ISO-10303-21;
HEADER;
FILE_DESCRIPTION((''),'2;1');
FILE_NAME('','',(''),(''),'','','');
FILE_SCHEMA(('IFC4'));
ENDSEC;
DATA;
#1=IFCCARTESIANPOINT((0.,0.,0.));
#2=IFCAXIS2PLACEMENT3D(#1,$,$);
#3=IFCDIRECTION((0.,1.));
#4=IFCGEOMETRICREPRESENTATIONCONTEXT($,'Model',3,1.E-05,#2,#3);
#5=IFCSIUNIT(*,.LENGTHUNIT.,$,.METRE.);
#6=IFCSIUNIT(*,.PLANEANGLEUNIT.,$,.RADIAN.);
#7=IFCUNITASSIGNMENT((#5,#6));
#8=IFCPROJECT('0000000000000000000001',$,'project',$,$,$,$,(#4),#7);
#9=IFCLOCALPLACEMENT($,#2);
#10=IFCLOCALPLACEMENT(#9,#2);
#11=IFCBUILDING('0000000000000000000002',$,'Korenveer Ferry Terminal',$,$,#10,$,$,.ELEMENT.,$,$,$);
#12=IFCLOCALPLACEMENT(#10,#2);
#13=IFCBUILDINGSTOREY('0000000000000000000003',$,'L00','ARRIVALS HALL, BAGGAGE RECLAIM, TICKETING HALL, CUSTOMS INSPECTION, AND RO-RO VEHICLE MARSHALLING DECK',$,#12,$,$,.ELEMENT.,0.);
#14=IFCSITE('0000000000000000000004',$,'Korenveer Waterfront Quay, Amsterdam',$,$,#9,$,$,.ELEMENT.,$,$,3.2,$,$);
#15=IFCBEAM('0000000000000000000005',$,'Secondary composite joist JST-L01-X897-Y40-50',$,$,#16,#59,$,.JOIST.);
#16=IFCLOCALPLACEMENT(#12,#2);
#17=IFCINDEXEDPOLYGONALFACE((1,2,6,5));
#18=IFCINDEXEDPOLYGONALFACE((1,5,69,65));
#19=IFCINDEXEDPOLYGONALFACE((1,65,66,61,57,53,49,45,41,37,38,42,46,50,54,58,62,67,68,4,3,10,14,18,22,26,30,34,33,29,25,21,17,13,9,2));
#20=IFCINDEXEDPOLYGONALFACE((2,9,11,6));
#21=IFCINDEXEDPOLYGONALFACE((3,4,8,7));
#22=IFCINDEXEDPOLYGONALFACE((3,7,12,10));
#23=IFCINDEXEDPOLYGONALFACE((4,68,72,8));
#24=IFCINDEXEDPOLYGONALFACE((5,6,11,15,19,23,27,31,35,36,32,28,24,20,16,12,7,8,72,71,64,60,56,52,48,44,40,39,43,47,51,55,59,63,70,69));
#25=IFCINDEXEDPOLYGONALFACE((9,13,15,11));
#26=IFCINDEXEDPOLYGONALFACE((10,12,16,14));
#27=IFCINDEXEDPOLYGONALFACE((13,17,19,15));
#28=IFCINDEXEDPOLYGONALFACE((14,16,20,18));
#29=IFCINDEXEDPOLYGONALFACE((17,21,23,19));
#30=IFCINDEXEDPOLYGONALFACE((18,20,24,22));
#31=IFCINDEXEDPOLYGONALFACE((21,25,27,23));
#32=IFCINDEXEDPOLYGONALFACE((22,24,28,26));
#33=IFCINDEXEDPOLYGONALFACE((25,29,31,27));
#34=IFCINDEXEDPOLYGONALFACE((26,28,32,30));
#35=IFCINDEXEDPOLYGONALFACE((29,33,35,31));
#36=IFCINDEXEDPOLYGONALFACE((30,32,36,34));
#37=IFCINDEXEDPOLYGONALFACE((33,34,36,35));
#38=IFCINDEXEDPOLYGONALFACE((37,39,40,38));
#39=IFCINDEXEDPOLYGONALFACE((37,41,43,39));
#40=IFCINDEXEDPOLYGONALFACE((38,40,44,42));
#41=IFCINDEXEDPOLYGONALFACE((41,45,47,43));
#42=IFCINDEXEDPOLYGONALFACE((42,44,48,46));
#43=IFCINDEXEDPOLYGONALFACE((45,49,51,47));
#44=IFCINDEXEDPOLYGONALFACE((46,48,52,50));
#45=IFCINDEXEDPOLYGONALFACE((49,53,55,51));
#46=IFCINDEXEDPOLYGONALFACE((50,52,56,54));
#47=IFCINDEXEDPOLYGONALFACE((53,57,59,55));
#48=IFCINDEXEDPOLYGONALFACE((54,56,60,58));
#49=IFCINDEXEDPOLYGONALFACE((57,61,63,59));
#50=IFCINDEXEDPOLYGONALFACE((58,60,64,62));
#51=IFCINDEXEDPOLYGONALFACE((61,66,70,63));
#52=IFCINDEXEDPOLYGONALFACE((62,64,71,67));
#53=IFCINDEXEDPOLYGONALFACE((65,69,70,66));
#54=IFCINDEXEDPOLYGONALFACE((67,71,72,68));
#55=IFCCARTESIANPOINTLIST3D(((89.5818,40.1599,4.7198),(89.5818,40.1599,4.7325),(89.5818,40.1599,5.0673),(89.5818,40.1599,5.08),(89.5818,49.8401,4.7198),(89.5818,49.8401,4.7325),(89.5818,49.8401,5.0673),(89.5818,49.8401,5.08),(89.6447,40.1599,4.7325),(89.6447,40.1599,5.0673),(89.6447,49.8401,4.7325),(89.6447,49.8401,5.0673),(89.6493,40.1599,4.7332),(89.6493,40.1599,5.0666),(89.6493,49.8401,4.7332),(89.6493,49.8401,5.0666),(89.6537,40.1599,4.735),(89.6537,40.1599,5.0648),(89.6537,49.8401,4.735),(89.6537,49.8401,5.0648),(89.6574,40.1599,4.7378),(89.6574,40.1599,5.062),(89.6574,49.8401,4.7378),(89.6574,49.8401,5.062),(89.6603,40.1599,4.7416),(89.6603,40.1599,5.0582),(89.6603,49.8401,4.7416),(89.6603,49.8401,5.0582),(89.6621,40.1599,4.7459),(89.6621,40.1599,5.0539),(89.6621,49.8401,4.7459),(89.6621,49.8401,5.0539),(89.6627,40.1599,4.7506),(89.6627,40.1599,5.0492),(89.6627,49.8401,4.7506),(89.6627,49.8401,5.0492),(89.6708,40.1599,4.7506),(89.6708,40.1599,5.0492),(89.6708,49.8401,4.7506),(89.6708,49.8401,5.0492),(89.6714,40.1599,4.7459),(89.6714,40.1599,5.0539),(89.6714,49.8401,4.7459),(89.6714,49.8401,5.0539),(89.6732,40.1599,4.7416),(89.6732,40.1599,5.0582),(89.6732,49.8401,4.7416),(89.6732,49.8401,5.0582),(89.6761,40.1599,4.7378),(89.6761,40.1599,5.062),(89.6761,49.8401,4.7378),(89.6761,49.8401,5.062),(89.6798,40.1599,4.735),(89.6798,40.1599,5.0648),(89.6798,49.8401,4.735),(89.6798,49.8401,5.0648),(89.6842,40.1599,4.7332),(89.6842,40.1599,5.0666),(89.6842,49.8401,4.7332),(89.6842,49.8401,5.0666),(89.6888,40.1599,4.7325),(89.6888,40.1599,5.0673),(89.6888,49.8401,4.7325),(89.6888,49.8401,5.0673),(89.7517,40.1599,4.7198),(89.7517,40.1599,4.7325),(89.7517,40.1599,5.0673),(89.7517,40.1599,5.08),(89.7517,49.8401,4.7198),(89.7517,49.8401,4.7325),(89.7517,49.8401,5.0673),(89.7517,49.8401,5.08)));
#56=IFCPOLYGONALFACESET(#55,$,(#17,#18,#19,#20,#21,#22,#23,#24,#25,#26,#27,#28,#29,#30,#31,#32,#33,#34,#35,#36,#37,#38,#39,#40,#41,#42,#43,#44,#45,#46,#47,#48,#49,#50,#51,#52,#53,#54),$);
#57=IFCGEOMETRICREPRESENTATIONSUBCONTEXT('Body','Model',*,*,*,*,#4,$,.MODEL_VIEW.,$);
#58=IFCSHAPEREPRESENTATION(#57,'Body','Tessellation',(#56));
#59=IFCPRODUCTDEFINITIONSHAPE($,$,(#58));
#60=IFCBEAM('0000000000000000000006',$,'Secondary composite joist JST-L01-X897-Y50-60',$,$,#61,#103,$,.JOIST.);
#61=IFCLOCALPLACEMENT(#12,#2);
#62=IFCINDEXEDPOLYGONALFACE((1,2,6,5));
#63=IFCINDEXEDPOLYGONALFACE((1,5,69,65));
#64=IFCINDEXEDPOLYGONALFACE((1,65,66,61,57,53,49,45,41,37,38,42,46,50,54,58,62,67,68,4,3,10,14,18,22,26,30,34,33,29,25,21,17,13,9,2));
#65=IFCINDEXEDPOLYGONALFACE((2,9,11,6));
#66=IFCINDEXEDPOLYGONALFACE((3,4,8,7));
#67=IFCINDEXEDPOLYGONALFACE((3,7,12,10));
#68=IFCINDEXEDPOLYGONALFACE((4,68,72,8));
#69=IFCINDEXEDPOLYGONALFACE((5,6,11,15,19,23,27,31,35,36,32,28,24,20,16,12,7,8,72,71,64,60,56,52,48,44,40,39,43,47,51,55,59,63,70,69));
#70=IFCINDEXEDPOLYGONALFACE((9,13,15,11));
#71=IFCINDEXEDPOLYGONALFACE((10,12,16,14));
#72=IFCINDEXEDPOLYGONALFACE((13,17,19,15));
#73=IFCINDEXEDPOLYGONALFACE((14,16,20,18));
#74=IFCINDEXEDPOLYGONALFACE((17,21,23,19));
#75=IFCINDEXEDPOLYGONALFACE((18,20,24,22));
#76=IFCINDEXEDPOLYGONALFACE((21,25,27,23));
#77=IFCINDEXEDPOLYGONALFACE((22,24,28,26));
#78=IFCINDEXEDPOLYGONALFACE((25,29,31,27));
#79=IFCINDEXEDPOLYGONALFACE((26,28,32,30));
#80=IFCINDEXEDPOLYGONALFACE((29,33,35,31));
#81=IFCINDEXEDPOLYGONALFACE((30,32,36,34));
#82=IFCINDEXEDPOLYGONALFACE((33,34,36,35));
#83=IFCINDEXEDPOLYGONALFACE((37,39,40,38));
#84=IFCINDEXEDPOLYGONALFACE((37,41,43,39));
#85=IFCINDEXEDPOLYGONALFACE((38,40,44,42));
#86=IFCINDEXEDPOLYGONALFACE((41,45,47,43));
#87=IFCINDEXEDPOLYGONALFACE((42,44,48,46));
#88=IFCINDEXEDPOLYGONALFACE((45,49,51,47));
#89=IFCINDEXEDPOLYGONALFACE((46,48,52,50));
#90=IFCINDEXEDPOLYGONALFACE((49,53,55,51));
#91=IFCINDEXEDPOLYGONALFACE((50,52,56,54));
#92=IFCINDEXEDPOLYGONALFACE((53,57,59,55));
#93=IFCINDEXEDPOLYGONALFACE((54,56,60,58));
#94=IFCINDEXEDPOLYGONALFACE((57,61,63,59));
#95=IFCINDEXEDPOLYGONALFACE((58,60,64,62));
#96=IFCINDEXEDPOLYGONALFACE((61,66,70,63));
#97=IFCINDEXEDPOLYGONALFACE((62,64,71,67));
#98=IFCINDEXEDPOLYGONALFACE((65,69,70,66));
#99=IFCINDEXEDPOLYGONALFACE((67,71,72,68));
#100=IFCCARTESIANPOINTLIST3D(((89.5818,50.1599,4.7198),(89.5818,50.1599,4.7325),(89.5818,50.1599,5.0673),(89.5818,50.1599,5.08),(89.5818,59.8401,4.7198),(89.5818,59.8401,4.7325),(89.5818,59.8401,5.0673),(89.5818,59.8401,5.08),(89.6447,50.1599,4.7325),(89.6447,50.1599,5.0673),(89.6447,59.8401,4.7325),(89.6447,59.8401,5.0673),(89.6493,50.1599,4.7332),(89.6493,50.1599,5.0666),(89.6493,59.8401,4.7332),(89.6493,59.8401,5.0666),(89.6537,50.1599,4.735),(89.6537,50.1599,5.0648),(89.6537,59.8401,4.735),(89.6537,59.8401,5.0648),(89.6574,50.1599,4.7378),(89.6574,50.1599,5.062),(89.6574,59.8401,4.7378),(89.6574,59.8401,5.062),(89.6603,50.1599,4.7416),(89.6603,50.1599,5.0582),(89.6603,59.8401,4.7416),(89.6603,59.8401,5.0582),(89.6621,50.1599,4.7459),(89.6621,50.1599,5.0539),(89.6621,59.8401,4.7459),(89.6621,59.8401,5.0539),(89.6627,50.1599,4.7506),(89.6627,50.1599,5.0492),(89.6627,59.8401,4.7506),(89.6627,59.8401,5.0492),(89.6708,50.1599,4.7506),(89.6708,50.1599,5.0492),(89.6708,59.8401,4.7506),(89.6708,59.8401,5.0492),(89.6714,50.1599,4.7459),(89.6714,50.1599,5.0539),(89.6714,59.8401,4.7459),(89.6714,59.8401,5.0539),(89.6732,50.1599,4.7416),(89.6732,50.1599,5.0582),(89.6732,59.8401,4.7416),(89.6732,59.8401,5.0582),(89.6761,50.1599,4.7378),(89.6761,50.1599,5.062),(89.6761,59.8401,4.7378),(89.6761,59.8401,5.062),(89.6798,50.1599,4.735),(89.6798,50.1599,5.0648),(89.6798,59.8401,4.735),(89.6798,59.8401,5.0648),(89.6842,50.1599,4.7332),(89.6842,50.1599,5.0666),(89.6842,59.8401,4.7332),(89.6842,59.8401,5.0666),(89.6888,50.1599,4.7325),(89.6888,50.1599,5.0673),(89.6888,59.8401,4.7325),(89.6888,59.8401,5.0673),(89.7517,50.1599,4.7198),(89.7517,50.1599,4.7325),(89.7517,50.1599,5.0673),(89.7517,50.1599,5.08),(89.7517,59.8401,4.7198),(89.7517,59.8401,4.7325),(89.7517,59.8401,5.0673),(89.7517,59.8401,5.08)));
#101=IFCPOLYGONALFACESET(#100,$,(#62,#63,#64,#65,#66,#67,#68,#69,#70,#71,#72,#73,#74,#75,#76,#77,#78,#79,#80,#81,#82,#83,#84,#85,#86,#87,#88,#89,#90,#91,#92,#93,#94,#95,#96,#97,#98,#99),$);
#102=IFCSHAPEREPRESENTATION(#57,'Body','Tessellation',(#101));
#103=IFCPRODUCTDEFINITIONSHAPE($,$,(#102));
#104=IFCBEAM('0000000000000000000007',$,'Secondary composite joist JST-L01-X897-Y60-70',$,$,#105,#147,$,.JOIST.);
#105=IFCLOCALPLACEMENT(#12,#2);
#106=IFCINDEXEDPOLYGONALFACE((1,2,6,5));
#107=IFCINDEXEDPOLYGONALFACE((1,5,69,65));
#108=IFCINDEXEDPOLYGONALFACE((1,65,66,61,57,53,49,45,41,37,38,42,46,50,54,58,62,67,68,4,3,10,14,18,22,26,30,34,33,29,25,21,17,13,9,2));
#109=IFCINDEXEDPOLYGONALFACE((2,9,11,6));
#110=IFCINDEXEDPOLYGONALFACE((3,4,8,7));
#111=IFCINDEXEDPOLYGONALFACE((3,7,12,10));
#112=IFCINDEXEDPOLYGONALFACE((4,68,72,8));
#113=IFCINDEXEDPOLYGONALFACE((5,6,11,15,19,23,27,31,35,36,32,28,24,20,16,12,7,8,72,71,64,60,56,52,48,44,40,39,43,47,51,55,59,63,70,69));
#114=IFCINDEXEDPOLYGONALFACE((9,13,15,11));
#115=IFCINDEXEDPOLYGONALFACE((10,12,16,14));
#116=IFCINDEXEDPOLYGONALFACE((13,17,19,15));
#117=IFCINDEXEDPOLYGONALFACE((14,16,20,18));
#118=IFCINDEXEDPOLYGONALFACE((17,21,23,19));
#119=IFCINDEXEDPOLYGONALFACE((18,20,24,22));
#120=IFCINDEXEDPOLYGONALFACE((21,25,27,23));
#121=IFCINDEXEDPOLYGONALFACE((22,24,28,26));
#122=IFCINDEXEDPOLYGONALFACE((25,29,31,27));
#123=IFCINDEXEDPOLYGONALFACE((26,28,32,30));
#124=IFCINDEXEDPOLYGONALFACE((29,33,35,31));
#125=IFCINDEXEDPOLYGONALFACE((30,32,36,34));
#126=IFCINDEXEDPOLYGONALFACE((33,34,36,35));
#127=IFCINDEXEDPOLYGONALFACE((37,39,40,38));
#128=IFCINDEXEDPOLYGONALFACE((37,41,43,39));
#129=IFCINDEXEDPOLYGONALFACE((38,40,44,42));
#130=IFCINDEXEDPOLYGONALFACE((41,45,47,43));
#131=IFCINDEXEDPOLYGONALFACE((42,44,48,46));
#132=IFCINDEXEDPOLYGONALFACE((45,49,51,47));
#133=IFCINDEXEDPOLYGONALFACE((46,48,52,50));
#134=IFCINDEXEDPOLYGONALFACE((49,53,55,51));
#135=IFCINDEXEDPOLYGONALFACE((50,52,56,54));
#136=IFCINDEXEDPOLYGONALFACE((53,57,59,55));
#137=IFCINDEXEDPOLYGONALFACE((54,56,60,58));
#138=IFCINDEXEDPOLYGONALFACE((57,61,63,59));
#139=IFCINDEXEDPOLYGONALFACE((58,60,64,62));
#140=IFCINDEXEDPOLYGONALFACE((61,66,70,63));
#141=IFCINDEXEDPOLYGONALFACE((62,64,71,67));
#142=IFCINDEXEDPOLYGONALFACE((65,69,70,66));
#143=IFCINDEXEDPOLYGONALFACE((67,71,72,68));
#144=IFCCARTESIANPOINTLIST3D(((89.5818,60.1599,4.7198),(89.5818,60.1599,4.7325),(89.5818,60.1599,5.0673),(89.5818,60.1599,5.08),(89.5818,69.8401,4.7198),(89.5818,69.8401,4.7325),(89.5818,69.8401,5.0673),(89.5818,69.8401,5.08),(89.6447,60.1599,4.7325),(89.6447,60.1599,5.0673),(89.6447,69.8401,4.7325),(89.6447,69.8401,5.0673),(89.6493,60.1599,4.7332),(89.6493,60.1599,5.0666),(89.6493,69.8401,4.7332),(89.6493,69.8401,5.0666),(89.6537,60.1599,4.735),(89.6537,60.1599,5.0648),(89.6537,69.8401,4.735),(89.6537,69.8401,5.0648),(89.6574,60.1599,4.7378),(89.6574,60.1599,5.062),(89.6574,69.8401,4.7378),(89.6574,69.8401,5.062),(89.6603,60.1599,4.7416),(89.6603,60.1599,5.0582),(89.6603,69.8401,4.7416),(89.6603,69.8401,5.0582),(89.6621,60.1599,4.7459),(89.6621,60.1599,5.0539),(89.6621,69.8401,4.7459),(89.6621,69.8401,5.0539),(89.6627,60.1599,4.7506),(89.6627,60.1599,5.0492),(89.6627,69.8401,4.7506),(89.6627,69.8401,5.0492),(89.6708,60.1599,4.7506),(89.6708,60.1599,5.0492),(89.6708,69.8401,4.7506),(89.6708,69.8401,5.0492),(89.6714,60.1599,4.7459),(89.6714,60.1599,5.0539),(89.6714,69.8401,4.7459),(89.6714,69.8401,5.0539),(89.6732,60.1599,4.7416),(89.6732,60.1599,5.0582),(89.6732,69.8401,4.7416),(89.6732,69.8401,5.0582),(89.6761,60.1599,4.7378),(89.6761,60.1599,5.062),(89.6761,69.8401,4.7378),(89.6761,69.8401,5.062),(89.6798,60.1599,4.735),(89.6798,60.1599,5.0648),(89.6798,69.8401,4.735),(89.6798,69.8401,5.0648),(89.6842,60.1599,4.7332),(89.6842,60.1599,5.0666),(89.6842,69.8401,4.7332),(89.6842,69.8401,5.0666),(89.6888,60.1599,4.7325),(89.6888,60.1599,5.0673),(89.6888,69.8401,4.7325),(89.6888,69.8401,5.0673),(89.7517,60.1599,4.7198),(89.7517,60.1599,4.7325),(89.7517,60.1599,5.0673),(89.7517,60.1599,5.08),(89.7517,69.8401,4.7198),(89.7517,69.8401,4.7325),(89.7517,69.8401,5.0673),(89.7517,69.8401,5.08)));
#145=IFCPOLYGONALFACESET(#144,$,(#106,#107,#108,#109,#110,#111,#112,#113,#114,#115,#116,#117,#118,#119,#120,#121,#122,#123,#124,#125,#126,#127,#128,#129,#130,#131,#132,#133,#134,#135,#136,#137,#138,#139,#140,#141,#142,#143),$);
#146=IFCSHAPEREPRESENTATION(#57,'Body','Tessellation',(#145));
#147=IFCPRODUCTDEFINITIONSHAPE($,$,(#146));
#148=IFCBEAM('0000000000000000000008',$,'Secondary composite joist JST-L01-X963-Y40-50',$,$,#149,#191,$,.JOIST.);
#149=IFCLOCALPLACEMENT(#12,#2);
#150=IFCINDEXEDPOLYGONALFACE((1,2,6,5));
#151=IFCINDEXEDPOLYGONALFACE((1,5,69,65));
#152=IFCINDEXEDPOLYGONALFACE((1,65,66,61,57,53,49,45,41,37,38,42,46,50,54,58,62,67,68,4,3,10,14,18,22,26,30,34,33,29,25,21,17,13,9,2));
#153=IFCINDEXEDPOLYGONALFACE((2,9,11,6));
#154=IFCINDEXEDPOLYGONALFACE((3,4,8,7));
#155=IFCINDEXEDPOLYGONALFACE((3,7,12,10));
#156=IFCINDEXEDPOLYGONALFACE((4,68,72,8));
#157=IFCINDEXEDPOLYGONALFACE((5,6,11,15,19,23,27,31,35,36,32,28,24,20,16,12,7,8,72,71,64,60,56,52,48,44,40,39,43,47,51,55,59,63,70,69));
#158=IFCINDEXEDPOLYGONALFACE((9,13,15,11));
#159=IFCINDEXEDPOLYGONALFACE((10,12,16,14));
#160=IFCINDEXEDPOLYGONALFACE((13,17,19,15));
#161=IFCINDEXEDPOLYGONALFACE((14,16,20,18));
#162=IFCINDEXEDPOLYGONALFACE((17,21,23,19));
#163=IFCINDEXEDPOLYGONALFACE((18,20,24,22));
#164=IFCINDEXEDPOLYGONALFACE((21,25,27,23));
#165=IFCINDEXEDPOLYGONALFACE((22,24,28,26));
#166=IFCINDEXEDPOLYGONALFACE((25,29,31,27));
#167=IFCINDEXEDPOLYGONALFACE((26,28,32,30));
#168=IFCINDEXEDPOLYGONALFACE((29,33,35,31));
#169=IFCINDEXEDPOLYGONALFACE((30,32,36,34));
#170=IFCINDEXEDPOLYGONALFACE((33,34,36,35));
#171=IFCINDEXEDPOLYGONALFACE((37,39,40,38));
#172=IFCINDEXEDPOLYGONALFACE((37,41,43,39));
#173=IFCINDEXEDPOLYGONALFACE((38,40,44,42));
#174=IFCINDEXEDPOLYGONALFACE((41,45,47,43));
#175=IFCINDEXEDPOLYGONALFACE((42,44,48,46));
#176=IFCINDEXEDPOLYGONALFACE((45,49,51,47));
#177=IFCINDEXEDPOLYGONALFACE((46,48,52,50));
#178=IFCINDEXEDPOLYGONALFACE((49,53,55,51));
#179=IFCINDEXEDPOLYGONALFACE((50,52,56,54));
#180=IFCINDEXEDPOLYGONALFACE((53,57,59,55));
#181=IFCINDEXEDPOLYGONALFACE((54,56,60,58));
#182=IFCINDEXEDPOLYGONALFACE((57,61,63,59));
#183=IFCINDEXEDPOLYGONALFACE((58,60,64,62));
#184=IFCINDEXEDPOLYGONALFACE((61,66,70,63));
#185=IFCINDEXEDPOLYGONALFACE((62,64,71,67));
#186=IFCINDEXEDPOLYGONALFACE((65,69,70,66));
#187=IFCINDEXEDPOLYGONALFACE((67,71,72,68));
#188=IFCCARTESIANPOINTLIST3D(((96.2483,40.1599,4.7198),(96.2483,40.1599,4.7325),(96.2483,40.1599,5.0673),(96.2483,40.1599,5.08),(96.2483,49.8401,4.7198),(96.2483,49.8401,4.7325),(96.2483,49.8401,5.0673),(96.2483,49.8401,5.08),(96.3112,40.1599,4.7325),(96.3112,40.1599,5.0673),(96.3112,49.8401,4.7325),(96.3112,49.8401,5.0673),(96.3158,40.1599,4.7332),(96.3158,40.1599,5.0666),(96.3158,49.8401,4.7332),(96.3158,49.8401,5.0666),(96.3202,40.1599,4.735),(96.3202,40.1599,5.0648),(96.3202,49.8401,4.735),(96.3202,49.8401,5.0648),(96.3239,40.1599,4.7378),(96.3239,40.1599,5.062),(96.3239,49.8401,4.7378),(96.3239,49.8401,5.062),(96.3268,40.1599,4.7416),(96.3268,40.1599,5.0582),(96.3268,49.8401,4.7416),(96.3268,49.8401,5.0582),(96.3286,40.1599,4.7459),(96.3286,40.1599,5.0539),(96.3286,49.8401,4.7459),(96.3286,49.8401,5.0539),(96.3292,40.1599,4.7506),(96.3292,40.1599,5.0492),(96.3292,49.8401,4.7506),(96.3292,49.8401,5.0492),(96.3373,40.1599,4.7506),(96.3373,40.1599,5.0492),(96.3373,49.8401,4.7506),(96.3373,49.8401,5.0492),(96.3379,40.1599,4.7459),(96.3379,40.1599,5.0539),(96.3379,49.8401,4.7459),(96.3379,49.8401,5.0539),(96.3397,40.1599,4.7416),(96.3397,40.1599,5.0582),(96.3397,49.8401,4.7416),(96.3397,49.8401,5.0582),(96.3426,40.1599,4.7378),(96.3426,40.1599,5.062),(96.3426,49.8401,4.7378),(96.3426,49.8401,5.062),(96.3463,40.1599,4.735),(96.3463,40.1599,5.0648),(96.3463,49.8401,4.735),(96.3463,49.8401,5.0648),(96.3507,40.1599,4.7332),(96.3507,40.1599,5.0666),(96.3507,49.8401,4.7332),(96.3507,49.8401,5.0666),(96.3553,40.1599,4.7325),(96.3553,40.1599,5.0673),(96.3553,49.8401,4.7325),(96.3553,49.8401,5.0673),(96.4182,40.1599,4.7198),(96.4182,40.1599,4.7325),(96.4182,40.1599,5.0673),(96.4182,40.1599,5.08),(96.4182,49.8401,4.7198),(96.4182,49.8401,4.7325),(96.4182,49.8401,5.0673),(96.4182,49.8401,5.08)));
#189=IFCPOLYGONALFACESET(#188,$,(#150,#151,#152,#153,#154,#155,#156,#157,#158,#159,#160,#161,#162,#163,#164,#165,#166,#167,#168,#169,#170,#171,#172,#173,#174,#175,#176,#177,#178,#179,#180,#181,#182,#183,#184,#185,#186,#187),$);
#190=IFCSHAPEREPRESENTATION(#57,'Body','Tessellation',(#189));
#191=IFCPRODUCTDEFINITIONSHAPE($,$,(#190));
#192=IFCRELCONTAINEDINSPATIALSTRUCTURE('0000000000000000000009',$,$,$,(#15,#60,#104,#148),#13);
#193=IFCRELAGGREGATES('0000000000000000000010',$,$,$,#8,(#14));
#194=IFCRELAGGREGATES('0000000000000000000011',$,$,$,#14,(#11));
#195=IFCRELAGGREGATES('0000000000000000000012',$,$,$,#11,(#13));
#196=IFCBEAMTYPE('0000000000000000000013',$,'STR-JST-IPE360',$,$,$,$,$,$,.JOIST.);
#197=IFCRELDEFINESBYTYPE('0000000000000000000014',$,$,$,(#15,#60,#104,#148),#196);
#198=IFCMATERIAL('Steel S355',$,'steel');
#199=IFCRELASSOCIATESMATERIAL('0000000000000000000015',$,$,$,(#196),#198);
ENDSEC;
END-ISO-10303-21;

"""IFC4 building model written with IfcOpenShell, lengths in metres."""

from ifc_helpers import new_model, si_unit, direction, frame, origin, origin_2d, place, context, subcontext, project, spatial, i_section, extrude, material, material_profile, profile_set, type_object, element, save


model = new_model("IFC4")

# Units and contexts
model_context = context("Model", 3, precision=1e-05, world=origin(), true_north=direction((0.0, 1.0)))
body_context = subcontext(model_context, "Body", "Model", "MODEL_VIEW")
ifc_project = project(units=[si_unit("LENGTHUNIT", "METRE"), si_unit("PLANEANGLEUNIT", "RADIAN")], contexts=[model_context])

# Site, building, storey
site_placement = place(None, origin())
site = spatial("IfcSite", under=ifc_project, at=site_placement, Name="Korenveer Waterfront Quay, Amsterdam", CompositionType="ELEMENT", RefElevation=3.2)
building_placement = place(site_placement, origin())
building = spatial("IfcBuilding", under=site, at=building_placement, Name="Korenveer Ferry Terminal", CompositionType="ELEMENT")
storey_placement = place(building_placement, origin())
storey = spatial("IfcBuildingStorey", under=building, at=storey_placement, Name="L00", Description="ARRIVALS HALL, BAGGAGE RECLAIM, TICKETING HALL, CUSTOMS INSPECTION, AND RO-RO VEHICLE MARSHALLING DECK", CompositionType="ELEMENT", Elevation=0.0)

# Shared definitions
ifc_material_1 = material(Name="Steel S355", Category="steel")

# Beams
ifc_material_profile_1 = material_profile(ifc_material_1, i_section(OverallWidth=0.1699, OverallDepth=0.3601, WebThickness=0.0081, FlangeThickness=0.0127, FilletRadius=0.0181, at=origin_2d()), Name="IPE 360")
ifc_profile_set_1 = profile_set([ifc_material_profile_1], Name="Steel S355")
beam_type_1 = type_object("IfcBeamType", Name="STR-JST-IPE360", PredefinedType="JOIST", material=ifc_profile_set_1)
for number, where, z_axis, x_axis, name in (
    (1, (89.6667, 40.1599, 4.8999), (0.0, 1.0, 0.0), (-1.0, 0.0, 0.0), "Secondary composite joist JST-L01-X897-Y40-50"),
    (2, (89.6667, 50.1599, 4.8999), (0.0, 1.0, 0.0), (-1.0, 0.0, 0.0), "Secondary composite joist JST-L01-X897-Y50-60"),
    (3, (89.6667, 60.1599, 4.8999), (0.0, 1.0, 0.0), (-1.0, 0.0, 0.0), "Secondary composite joist JST-L01-X897-Y60-70"),
    (4, (96.3333, 40.1599, 4.8999), (0.0, 1.0, 0.0), (-1.0, 0.0, 0.0), "Secondary composite joist JST-L01-X963-Y40-50"),
):
    element("IfcBeam", number, at=place(storey_placement, frame(where, z_axis=z_axis, x_axis=x_axis)), inside=storey, type_object=beam_type_1, Name=name, PredefinedType="JOIST", context=body_context, shape_type="SweptSolid", body=[
        extrude(i_section(OverallWidth=0.1699, OverallDepth=0.3601, WebThickness=0.0081, FlangeThickness=0.0127, FilletRadius=0.0181, at=origin_2d()), origin(), (0.0, 0.0, 1.0), 9.6802),
    ])

save(model, "model.ifc")
